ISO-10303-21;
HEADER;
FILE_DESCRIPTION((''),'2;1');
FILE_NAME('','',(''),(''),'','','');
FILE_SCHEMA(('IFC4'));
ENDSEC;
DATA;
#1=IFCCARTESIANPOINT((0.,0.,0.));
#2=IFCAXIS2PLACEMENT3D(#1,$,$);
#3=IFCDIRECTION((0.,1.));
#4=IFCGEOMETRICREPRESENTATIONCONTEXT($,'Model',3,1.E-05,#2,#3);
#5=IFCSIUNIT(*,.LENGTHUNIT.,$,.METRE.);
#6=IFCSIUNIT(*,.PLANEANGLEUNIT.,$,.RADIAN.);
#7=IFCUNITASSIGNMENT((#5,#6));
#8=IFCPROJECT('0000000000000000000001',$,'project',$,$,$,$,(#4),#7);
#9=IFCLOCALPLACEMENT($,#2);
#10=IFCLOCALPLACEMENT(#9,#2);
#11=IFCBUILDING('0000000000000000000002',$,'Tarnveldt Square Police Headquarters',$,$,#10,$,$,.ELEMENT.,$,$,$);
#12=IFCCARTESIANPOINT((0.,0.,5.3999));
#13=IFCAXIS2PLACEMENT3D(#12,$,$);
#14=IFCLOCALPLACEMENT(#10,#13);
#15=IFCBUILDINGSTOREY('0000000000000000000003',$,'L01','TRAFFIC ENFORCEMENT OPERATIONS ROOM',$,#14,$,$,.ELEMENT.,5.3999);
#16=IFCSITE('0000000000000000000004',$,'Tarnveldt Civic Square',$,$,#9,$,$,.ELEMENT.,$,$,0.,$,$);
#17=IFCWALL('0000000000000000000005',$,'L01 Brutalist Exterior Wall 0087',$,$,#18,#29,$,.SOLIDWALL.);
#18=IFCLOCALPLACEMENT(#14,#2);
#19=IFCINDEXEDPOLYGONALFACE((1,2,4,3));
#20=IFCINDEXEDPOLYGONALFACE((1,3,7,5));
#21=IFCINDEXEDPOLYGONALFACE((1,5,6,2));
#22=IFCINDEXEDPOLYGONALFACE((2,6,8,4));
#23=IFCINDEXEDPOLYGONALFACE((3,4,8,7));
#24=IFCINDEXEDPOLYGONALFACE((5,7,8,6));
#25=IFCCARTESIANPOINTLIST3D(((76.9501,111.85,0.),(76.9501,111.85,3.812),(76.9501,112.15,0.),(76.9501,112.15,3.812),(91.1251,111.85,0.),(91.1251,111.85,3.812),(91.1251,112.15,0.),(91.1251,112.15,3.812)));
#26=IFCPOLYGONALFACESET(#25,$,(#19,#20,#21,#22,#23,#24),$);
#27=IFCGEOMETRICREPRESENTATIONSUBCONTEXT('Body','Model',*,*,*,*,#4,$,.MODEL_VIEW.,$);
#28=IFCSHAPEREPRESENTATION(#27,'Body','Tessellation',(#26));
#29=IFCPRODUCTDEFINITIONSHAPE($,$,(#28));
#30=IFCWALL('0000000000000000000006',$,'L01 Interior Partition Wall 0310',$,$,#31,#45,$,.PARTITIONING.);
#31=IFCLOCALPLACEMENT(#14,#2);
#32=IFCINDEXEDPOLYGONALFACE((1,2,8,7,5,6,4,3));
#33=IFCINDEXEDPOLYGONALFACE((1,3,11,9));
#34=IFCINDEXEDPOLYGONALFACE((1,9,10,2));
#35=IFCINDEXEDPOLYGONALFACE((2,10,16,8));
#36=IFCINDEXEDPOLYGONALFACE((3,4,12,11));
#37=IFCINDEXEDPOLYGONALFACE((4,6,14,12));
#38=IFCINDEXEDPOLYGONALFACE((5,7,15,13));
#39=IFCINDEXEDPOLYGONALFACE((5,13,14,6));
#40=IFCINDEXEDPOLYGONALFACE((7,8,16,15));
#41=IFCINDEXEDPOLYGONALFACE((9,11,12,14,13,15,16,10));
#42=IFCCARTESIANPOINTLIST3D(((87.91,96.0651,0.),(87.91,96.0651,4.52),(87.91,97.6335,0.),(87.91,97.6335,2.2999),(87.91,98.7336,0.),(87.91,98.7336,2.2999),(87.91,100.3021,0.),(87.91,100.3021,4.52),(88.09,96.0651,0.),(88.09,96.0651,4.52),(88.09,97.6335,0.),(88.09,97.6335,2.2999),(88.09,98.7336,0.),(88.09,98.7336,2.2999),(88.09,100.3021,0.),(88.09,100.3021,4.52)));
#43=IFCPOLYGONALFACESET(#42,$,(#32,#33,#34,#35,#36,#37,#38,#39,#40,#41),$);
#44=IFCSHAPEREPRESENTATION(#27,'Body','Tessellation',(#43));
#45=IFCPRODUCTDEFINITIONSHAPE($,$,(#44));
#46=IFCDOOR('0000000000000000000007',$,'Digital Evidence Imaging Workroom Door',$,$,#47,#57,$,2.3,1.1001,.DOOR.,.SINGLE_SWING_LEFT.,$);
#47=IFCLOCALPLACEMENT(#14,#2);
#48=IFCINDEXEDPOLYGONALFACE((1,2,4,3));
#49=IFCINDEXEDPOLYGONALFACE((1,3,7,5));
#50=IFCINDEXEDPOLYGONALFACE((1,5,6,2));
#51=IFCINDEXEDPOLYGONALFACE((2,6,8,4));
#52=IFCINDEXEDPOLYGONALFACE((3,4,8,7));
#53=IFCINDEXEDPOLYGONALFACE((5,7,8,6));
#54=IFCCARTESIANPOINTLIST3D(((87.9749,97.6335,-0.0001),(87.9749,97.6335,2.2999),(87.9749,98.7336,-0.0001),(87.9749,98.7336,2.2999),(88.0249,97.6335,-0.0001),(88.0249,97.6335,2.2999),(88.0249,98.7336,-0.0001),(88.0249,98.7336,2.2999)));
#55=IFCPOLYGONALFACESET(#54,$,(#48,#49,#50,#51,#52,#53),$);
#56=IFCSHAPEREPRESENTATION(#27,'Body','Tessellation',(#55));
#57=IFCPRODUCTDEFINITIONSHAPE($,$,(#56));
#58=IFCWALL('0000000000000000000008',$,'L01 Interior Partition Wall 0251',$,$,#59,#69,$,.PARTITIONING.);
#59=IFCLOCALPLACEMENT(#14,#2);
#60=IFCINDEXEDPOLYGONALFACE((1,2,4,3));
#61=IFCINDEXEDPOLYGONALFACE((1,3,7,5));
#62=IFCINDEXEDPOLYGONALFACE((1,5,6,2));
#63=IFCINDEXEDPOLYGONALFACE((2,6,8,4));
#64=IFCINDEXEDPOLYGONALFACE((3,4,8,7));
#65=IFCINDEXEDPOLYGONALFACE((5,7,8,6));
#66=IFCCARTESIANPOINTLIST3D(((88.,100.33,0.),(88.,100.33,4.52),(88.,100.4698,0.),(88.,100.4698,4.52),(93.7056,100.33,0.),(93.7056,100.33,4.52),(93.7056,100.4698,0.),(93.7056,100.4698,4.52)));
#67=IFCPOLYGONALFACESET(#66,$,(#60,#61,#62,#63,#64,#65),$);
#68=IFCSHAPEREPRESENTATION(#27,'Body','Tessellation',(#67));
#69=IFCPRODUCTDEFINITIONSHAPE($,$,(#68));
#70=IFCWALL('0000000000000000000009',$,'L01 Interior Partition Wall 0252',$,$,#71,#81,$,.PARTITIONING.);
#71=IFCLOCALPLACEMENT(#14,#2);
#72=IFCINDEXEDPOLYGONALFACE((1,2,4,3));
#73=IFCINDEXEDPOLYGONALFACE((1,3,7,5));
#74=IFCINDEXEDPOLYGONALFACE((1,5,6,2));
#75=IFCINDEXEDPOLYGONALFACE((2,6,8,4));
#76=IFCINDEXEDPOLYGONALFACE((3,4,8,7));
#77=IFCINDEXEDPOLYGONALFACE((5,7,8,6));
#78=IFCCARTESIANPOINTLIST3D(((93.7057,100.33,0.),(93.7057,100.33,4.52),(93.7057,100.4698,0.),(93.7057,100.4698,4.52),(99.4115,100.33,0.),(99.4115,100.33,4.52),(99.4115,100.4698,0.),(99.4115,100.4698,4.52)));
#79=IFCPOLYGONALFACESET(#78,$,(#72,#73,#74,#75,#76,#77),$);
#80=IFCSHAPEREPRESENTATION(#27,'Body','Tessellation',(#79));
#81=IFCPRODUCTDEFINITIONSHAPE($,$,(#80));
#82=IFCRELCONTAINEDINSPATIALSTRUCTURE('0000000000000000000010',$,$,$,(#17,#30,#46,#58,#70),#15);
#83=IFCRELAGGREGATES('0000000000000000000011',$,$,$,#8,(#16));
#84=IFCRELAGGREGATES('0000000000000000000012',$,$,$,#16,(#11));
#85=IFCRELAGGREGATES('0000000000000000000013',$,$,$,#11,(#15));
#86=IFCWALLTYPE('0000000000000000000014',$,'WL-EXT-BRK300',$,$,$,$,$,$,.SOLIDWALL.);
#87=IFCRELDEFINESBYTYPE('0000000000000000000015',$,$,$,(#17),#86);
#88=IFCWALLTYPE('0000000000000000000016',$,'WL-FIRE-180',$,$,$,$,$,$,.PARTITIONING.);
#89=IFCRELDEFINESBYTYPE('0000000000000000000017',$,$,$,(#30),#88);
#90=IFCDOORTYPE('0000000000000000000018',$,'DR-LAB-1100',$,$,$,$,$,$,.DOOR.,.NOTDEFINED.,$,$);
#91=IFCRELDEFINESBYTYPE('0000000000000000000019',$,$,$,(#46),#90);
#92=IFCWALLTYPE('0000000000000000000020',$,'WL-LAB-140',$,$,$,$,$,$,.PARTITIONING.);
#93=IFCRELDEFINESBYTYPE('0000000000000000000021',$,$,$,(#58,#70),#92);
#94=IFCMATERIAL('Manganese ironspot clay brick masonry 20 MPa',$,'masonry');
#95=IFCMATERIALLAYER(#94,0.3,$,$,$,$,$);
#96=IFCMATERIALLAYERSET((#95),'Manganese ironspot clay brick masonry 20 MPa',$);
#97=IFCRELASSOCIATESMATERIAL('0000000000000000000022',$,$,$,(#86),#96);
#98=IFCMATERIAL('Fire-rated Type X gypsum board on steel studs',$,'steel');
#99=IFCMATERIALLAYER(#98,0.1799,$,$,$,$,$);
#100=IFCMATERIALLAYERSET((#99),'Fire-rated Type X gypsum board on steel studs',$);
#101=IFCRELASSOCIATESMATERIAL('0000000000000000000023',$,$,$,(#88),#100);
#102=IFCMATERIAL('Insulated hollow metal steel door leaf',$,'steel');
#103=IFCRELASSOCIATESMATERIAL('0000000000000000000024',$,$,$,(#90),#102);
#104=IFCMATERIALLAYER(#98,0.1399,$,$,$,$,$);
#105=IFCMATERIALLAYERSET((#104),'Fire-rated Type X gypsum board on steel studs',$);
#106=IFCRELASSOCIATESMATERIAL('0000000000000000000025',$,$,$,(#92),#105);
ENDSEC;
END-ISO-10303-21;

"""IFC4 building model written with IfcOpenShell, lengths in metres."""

from ifc_helpers import new_model, si_unit, direction, frame, frame_2d, origin, place, context, subcontext, project, spatial, rectangle, extrude, material, layer, layer_set, type_object, element, fill, save


model = new_model("IFC4")

# Units and contexts
model_context = context("Model", 3, precision=1e-05, world=origin(), true_north=direction((0.0, 1.0)))
body_context = subcontext(model_context, "Body", "Model", "MODEL_VIEW")
ifc_project = project(units=[si_unit("LENGTHUNIT", "METRE"), si_unit("PLANEANGLEUNIT", "RADIAN")], contexts=[model_context])

# Site, building, storey
site_placement = place(None, origin())
site = spatial("IfcSite", under=ifc_project, at=site_placement, Name="Tarnveldt Civic Square", CompositionType="ELEMENT", RefElevation=0.0)
building_placement = place(site_placement, origin())
building = spatial("IfcBuilding", under=site, at=building_placement, Name="Tarnveldt Square Police Headquarters", CompositionType="ELEMENT")
storey_placement = place(building_placement, frame((0.0, 0.0, 5.3999)))
storey = spatial("IfcBuildingStorey", under=building, at=storey_placement, Name="L01", Description="TRAFFIC ENFORCEMENT OPERATIONS ROOM", CompositionType="ELEMENT", Elevation=5.3999)

# Wall
ifc_material_1 = material(Name="Manganese ironspot clay brick masonry 20 MPa", Category="masonry")
ifc_layer_1 = layer(ifc_material_1, 0.3)
ifc_layer_set_1 = layer_set([ifc_layer_1], Name="Manganese ironspot clay brick masonry 20 MPa")
wall_type_1 = type_object("IfcWallType", Name="WL-EXT-BRK300", PredefinedType="SOLIDWALL", material=ifc_layer_set_1)
wall_1_placement = place(storey_placement, frame((91.125, 112.0, 0.0), z_axis=(0.0, 0.0, 1.0), x_axis=(-1.0, 0.0, 0.0)))
element("IfcWall", 1, at=wall_1_placement, inside=storey, type_object=wall_type_1, Name="L01 Brutalist Exterior Wall 0087", PredefinedType="SOLIDWALL", context=body_context, shape_type="SweptSolid", body=[
    extrude(rectangle(XDim=14.175, YDim=0.3, at=frame_2d((7.0874, 0.0))), origin(), (0.0, 0.0, 1.0), 3.812),
])

# Wall, opening, door
ifc_material_2 = material(Name="Fire-rated Type X gypsum board on steel studs", Category="steel")
ifc_layer_2 = layer(ifc_material_2, 0.1799)
ifc_layer_set_2 = layer_set([ifc_layer_2], Name="Fire-rated Type X gypsum board on steel studs")
wall_type_2 = type_object("IfcWallType", Name="WL-FIRE-180", PredefinedType="PARTITIONING", material=ifc_layer_set_2)
wall_2_placement = place(storey_placement, frame((88.0, 96.0649, 0.0), z_axis=(0.0, 0.0, 1.0), x_axis=(0.0, 1.0, 0.0)))
wall_2 = element("IfcWall", 2, at=wall_2_placement, inside=storey, type_object=wall_type_2, Name="L01 Interior Partition Wall 0310", PredefinedType="PARTITIONING", context=body_context, shape_type="SweptSolid", body=[
    extrude(rectangle(XDim=4.2371, YDim=0.1799, at=frame_2d((2.1187, 0.0))), origin(), (0.0, 0.0, 1.0), 4.52),
])
opening_placement = place(wall_2_placement, frame((1.5686, 0.0, 0.0)))
opening = element("IfcOpeningElement", 3, at=opening_placement, cuts=wall_2, PredefinedType="OPENING", context=body_context, shape_type="SweptSolid", body=[
    extrude(rectangle(XDim=1.1001, YDim=2.3, at=frame_2d((0.55, 1.1499))), frame((0.0, 0.0999, 0.0), z_axis=(0.0, -1.0, 0.0), x_axis=(1.0, 0.0, 0.0)), (0.0, 0.0, 1.0), 0.2),
])
ifc_material_3 = material(Name="Insulated hollow metal steel door leaf", Category="steel")
door_type = type_object("IfcDoorType", Name="DR-LAB-1100", OperationType="NOTDEFINED", PredefinedType="DOOR", material=ifc_material_3)
door_placement = place(opening_placement, frame((1.1001, 0.0, 0.0), z_axis=(0.0, 0.0, 1.0), x_axis=(-1.0, 0.0, 0.0)))
door = element("IfcDoor", 4, at=door_placement, inside=storey, type_object=door_type, Name="Digital Evidence Imaging Workroom Door", OperationType="SINGLE_SWING_LEFT", OverallHeight=2.3, OverallWidth=1.1001, PredefinedType="DOOR", context=body_context, shape_type="SweptSolid", body=[
    extrude(rectangle(XDim=1.1001, YDim=2.3, at=frame_2d((0.55, 1.1499))), frame((0.0, 0.0249, 0.0), z_axis=(0.0, -1.0, 0.0), x_axis=(1.0, 0.0, 0.0)), (0.0, 0.0, 1.0), 0.05),
])
fill(opening, door)

# Walls
ifc_layer_3 = layer(ifc_material_2, 0.1399)
ifc_layer_set_3 = layer_set([ifc_layer_3], Name="Fire-rated Type X gypsum board on steel studs")
wall_type_3 = type_object("IfcWallType", Name="WL-LAB-140", PredefinedType="PARTITIONING", material=ifc_layer_set_3)
wall_3_placement = place(storey_placement, frame((88.0, 100.3999, 0.0), z_axis=(0.0, 0.0, 1.0), x_axis=(1.0, 0.0, 0.0)))
element("IfcWall", 5, at=wall_3_placement, inside=storey, type_object=wall_type_3, Name="L01 Interior Partition Wall 0251", PredefinedType="PARTITIONING", context=body_context, shape_type="SweptSolid", body=[
    extrude(rectangle(XDim=5.7056, YDim=0.1399, at=frame_2d((2.8528, 0.0))), origin(), (0.0, 0.0, 1.0), 4.52),
])
wall_4_placement = place(storey_placement, frame((93.7056, 100.3999, 0.0), z_axis=(0.0, 0.0, 1.0), x_axis=(1.0, 0.0, 0.0)))
element("IfcWall", 6, at=wall_4_placement, inside=storey, type_object=wall_type_3, Name="L01 Interior Partition Wall 0252", PredefinedType="PARTITIONING", context=body_context, shape_type="SweptSolid", body=[
    extrude(rectangle(XDim=5.7058, YDim=0.1399, at=frame_2d((2.853, 0.0))), origin(), (0.0, 0.0, 1.0), 4.52),
])

save(model, "model.ifc")
